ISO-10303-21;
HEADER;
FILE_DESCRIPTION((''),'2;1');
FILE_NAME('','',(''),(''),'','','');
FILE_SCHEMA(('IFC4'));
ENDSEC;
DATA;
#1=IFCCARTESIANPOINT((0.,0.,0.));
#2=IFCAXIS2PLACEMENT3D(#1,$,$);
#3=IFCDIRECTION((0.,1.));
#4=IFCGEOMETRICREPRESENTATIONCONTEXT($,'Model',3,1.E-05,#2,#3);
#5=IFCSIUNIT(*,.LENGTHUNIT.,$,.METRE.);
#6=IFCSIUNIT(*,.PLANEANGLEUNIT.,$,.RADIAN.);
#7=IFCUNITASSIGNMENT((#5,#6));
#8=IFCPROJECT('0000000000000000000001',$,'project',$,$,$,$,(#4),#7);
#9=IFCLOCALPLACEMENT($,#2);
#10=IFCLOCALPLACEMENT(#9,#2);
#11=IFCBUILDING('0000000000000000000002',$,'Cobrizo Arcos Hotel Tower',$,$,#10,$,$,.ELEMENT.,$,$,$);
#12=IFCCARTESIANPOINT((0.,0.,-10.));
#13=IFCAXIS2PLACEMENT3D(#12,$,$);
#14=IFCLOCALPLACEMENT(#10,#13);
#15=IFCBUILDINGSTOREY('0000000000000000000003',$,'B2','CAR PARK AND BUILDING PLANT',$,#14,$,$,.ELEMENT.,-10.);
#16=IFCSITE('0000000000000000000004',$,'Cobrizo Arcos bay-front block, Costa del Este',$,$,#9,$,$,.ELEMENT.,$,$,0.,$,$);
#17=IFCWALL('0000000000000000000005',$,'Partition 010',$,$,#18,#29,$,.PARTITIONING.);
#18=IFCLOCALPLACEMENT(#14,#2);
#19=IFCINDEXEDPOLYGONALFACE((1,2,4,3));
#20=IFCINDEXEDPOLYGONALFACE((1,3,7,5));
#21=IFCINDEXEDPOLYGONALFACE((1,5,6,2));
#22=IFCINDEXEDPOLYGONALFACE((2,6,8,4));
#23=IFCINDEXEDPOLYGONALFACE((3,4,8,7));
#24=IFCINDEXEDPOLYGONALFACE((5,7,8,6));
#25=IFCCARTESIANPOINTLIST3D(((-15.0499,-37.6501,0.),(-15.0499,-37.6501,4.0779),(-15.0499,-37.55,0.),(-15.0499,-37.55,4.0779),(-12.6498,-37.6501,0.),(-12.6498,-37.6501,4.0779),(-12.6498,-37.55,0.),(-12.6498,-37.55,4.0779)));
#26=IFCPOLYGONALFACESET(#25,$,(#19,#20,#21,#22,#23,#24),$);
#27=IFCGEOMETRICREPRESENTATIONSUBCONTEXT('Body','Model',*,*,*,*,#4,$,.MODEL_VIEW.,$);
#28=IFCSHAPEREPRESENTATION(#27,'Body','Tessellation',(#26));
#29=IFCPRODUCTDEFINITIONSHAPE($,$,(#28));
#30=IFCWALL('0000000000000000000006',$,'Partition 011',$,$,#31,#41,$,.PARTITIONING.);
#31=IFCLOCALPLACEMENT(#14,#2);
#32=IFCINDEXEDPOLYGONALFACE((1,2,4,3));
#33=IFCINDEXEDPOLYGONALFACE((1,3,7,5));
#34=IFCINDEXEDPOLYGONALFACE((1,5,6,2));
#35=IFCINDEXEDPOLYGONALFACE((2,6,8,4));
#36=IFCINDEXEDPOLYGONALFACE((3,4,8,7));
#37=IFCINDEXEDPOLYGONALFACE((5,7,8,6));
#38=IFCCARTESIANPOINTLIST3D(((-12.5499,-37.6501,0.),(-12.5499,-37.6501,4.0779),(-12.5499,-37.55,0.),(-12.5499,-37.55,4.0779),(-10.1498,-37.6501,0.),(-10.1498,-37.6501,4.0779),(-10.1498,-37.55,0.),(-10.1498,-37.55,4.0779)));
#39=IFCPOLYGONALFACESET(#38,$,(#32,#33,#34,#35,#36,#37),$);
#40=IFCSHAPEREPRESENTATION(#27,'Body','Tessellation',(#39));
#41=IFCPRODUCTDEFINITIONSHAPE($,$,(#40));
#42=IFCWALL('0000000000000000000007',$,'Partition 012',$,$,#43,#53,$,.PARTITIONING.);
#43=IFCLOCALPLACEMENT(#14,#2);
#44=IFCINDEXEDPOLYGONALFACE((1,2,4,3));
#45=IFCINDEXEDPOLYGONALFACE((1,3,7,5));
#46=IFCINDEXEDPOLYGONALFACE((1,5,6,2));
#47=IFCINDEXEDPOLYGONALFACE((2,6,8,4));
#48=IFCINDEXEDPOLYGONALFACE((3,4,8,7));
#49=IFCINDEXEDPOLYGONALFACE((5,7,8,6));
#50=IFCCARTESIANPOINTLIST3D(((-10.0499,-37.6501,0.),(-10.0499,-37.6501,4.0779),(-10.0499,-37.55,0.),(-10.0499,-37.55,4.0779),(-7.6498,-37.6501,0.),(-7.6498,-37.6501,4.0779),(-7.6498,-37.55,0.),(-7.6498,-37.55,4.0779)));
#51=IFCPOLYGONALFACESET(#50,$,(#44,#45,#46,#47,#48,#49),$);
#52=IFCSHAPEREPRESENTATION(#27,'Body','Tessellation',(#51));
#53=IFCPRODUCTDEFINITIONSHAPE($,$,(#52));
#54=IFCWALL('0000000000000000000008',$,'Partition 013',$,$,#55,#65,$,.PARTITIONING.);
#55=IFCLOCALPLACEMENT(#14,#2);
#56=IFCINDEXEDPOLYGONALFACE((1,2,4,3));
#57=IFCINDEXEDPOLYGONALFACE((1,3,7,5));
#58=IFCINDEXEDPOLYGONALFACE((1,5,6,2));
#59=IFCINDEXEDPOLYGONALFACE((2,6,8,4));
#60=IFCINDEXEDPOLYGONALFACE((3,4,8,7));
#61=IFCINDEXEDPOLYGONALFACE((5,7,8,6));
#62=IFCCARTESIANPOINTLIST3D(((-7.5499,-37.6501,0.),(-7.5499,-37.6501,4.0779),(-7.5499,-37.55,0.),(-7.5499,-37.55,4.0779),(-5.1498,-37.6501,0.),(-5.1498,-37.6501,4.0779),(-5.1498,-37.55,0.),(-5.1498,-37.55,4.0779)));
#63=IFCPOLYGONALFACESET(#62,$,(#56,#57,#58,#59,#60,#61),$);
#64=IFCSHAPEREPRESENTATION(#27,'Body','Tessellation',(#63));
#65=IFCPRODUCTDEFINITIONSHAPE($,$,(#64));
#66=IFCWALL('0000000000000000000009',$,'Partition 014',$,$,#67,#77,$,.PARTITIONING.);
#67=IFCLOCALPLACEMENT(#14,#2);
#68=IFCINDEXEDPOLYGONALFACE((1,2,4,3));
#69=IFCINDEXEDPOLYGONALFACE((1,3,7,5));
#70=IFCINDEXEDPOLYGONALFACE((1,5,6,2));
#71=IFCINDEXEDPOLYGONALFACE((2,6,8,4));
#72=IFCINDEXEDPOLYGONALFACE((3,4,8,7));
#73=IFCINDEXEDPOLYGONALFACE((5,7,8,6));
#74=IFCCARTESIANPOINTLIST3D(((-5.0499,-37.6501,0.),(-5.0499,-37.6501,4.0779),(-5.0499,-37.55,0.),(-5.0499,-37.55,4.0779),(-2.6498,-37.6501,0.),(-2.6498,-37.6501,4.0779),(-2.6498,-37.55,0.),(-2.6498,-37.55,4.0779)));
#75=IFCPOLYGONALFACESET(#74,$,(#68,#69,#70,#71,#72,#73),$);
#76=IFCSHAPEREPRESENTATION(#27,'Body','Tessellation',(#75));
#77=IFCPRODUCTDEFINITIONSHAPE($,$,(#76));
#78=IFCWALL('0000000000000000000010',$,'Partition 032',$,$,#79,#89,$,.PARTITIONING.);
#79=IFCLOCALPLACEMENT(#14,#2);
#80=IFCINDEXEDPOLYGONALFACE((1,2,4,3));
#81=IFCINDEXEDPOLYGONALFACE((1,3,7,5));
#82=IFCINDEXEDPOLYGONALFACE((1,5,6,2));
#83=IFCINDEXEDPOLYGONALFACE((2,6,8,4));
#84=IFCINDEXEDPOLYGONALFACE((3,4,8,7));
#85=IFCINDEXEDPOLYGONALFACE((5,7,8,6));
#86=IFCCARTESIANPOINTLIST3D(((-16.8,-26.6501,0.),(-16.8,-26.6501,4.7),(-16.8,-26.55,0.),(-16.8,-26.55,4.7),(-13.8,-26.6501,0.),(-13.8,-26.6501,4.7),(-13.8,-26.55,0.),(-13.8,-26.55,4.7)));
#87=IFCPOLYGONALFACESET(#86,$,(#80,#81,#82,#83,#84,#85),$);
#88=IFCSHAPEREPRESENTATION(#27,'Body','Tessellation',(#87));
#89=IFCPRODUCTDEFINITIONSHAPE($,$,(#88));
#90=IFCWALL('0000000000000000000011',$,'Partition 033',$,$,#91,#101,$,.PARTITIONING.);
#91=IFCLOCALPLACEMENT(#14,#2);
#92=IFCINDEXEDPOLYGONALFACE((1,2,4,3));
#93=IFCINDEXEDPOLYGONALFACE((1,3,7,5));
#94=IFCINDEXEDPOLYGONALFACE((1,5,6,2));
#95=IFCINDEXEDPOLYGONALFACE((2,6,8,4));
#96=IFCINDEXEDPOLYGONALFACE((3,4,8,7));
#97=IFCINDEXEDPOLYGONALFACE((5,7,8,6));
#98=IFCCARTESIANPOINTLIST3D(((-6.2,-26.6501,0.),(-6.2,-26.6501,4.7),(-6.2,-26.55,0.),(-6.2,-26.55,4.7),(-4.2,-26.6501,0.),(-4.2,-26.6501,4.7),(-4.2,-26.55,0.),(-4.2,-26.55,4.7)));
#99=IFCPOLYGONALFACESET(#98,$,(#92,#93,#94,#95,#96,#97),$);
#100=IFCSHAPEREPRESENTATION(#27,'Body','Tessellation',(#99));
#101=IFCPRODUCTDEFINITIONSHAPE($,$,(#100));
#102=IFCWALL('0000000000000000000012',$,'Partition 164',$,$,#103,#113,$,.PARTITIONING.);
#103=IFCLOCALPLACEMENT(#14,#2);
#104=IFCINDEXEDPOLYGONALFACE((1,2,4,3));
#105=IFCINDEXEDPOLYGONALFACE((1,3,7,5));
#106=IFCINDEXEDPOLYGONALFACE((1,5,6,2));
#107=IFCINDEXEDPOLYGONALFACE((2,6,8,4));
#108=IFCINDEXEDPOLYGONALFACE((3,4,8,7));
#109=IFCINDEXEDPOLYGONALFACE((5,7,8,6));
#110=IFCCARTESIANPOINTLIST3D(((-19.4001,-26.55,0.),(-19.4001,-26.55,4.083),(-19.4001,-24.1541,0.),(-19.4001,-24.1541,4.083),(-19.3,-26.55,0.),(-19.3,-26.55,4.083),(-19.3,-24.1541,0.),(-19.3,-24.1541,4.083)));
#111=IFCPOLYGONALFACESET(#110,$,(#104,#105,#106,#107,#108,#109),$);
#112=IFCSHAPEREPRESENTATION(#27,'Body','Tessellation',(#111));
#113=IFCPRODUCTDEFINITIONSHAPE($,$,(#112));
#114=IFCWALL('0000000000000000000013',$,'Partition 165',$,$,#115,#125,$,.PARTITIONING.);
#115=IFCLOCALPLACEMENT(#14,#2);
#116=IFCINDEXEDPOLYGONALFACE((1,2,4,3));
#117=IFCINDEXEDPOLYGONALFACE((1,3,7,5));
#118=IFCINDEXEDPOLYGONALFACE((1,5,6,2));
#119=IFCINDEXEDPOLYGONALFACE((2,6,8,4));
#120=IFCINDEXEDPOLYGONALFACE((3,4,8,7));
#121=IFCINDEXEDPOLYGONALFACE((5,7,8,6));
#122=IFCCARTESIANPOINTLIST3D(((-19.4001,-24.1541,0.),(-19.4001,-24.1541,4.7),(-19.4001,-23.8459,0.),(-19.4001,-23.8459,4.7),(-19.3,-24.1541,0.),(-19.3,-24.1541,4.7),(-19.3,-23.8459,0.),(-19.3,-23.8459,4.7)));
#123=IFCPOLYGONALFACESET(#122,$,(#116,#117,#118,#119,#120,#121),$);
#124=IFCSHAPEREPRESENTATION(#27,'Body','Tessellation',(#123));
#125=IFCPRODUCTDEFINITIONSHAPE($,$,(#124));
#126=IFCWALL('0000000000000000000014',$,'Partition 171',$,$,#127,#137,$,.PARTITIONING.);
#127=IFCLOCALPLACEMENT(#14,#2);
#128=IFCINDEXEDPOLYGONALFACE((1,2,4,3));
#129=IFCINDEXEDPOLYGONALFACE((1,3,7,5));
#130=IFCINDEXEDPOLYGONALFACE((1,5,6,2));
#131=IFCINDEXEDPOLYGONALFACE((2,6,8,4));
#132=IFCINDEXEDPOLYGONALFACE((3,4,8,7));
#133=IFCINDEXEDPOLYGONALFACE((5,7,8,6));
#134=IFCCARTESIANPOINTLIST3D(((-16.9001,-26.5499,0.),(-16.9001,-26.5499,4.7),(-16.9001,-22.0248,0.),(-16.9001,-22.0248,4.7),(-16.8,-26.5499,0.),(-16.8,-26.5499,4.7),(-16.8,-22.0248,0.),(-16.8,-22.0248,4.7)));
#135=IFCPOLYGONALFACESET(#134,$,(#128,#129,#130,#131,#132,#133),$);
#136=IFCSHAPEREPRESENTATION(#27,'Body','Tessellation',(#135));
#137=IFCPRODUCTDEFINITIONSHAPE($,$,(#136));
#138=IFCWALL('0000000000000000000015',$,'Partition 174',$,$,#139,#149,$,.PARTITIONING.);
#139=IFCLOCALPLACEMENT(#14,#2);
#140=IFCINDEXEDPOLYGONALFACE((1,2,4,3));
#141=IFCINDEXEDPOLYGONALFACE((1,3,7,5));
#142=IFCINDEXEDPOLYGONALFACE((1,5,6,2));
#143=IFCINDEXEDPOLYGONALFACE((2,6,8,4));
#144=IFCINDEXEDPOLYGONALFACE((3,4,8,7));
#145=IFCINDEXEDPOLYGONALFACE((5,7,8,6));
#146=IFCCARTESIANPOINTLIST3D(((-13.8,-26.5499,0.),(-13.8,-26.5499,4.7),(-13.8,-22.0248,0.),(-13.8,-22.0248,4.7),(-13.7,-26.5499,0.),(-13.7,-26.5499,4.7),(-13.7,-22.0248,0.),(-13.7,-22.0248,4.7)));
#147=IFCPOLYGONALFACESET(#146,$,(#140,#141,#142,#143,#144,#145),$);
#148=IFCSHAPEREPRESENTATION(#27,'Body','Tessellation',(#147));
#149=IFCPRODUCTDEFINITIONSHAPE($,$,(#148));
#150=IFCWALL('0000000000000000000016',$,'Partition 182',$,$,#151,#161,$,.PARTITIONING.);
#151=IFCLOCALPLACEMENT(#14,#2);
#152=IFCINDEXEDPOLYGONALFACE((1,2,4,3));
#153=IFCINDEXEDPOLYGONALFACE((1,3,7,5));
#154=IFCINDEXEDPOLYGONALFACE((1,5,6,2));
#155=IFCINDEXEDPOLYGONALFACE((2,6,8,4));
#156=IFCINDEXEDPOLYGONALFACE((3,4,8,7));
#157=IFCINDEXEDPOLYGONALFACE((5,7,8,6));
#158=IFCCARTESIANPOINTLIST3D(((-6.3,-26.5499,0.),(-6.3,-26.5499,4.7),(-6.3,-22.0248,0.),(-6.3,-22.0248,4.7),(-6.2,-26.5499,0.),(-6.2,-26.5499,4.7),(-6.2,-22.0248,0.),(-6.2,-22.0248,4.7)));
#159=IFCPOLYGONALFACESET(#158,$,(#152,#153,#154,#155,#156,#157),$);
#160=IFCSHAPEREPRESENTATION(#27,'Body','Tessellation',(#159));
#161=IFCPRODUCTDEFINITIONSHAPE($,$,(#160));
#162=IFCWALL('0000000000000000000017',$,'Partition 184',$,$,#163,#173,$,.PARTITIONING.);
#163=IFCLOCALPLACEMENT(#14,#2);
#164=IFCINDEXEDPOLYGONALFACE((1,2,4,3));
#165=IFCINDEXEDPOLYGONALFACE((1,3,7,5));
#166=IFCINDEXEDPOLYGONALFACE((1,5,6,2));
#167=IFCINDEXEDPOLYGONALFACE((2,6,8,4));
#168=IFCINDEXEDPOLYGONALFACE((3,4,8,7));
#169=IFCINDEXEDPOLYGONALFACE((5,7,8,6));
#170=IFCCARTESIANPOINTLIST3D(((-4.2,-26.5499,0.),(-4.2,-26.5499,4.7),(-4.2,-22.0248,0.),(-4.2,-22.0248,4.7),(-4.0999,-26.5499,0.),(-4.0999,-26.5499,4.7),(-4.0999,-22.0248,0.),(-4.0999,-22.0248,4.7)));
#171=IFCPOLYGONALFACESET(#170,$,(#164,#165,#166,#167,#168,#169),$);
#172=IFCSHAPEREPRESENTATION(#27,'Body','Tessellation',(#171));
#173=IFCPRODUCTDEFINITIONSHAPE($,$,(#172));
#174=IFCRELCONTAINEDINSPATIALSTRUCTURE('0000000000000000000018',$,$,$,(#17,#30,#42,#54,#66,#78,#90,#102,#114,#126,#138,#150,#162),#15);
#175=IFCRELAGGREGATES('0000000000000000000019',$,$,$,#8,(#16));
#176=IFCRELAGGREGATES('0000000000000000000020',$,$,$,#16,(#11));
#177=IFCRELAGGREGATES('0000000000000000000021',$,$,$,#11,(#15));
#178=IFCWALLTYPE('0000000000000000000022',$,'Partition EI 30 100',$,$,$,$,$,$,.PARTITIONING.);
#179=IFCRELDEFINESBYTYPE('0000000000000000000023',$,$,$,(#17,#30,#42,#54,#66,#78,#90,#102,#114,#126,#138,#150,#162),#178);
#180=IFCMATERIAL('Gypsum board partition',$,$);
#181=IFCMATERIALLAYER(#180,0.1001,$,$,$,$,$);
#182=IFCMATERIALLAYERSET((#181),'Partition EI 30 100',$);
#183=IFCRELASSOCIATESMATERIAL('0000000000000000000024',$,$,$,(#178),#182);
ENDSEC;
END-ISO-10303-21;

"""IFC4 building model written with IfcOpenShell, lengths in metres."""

from ifc_helpers import new_model, si_unit, direction, frame, frame_2d, origin, place, context, subcontext, project, spatial, rectangle, extrude, material, layer, layer_set, type_object, element, save


model = new_model("IFC4")

# Units and contexts
model_context = context("Model", 3, precision=1e-05, world=origin(), true_north=direction((0.0, 1.0)))
body_context = subcontext(model_context, "Body", "Model", "MODEL_VIEW")
ifc_project = project(units=[si_unit("LENGTHUNIT", "METRE"), si_unit("PLANEANGLEUNIT", "RADIAN")], contexts=[model_context])

# Site, building, storey
site_placement = place(None, origin())
site = spatial("IfcSite", under=ifc_project, at=site_placement, Name="Cobrizo Arcos bay-front block, Costa del Este", CompositionType="ELEMENT", RefElevation=0.0)
building_placement = place(site_placement, origin())
building = spatial("IfcBuilding", under=site, at=building_placement, Name="Cobrizo Arcos Hotel Tower", CompositionType="ELEMENT")
storey_placement = place(building_placement, frame((0.0, 0.0, -10.0)))
storey = spatial("IfcBuildingStorey", under=building, at=storey_placement, Name="B2", Description="CAR PARK AND BUILDING PLANT", CompositionType="ELEMENT", Elevation=-10.0)

# Walls
ifc_material_1 = material(Name="Gypsum board partition")
ifc_layer = layer(ifc_material_1, 0.1001)
ifc_layer_set = layer_set([ifc_layer], Name="Partition EI 30 100")
wall_type = type_object("IfcWallType", Name="Partition EI 30 100", PredefinedType="PARTITIONING", material=ifc_layer_set)
for number, where, z_axis, x_axis, name in (
    (1, (-15.05, -37.6001, 0.0), (0.0, 0.0, 1.0), (1.0, 0.0, 0.0), "Partition 010"),
    (2, (-12.55, -37.6001, 0.0), (0.0, 0.0, 1.0), (1.0, 0.0, 0.0), "Partition 011"),
    (3, (-10.05, -37.6001, 0.0), (0.0, 0.0, 1.0), (1.0, 0.0, 0.0), "Partition 012"),
    (4, (-7.55, -37.6001, 0.0), (0.0, 0.0, 1.0), (1.0, 0.0, 0.0), "Partition 013"),
    (5, (-5.05, -37.6001, 0.0), (0.0, 0.0, 1.0), (1.0, 0.0, 0.0), "Partition 014"),
):
    element("IfcWall", number, at=place(storey_placement, frame(where, z_axis=z_axis, x_axis=x_axis)), inside=storey, type_object=wall_type, Name=name, PredefinedType="PARTITIONING", context=body_context, shape_type="SweptSolid", body=[
        extrude(rectangle(XDim=2.4001, YDim=0.1001, at=frame_2d((1.2002, 0.0))), origin(), (0.0, 0.0, 1.0), 4.0779),
    ])
wall_1_placement = place(storey_placement, frame((-16.8, -26.6001, 0.0), z_axis=(0.0, 0.0, 1.0), x_axis=(1.0, 0.0, 0.0)))
element("IfcWall", 6, at=wall_1_placement, inside=storey, type_object=wall_type, Name="Partition 032", PredefinedType="PARTITIONING", context=body_context, shape_type="SweptSolid", body=[
    extrude(rectangle(XDim=3.0, YDim=0.1001, at=frame_2d((1.5, 0.0))), origin(), (0.0, 0.0, 1.0), 4.7),
])
wall_2_placement = place(storey_placement, frame((-6.2, -26.6001, 0.0), z_axis=(0.0, 0.0, 1.0), x_axis=(1.0, 0.0, 0.0)))
element("IfcWall", 7, at=wall_2_placement, inside=storey, type_object=wall_type, Name="Partition 033", PredefinedType="PARTITIONING", context=body_context, shape_type="SweptSolid", body=[
    extrude(rectangle(XDim=2.0, YDim=0.1001, at=frame_2d((1.0, 0.0))), origin(), (0.0, 0.0, 1.0), 4.7),
])
wall_3_placement = place(storey_placement, frame((-19.3501, -26.55, 0.0), z_axis=(0.0, 0.0, 1.0), x_axis=(0.0, 1.0, 0.0)))
element("IfcWall", 8, at=wall_3_placement, inside=storey, type_object=wall_type, Name="Partition 164", PredefinedType="PARTITIONING", context=body_context, shape_type="SweptSolid", body=[
    extrude(rectangle(XDim=2.396, YDim=0.1001, at=frame_2d((1.198, 0.0))), origin(), (0.0, 0.0, 1.0), 4.083),
])
wall_4_placement = place(storey_placement, frame((-19.3501, -24.1541, 0.0), z_axis=(0.0, 0.0, 1.0), x_axis=(0.0, 1.0, 0.0)))
element("IfcWall", 9, at=wall_4_placement, inside=storey, type_object=wall_type, Name="Partition 165", PredefinedType="PARTITIONING", context=body_context, shape_type="SweptSolid", body=[
    extrude(rectangle(XDim=0.3081, YDim=0.1001, at=frame_2d((0.1541, 0.0))), origin(), (0.0, 0.0, 1.0), 4.7),
])
for number, where, z_axis, x_axis, name in (
    (10, (-16.8501, -26.55, 0.0), (0.0, 0.0, 1.0), (0.0, 1.0, 0.0), "Partition 171"),
    (11, (-13.75, -26.55, 0.0), (0.0, 0.0, 1.0), (0.0, 1.0, 0.0), "Partition 174"),
    (12, (-6.25, -26.55, 0.0), (0.0, 0.0, 1.0), (0.0, 1.0, 0.0), "Partition 182"),
    (13, (-4.1499, -26.55, 0.0), (0.0, 0.0, 1.0), (0.0, 1.0, 0.0), "Partition 184"),
):
    element("IfcWall", number, at=place(storey_placement, frame(where, z_axis=z_axis, x_axis=x_axis)), inside=storey, type_object=wall_type, Name=name, PredefinedType="PARTITIONING", context=body_context, shape_type="SweptSolid", body=[
        extrude(rectangle(XDim=4.5251, YDim=0.1001, at=frame_2d((2.2627, 0.0))), origin(), (0.0, 0.0, 1.0), 4.7),
    ])

save(model, "model.ifc")
